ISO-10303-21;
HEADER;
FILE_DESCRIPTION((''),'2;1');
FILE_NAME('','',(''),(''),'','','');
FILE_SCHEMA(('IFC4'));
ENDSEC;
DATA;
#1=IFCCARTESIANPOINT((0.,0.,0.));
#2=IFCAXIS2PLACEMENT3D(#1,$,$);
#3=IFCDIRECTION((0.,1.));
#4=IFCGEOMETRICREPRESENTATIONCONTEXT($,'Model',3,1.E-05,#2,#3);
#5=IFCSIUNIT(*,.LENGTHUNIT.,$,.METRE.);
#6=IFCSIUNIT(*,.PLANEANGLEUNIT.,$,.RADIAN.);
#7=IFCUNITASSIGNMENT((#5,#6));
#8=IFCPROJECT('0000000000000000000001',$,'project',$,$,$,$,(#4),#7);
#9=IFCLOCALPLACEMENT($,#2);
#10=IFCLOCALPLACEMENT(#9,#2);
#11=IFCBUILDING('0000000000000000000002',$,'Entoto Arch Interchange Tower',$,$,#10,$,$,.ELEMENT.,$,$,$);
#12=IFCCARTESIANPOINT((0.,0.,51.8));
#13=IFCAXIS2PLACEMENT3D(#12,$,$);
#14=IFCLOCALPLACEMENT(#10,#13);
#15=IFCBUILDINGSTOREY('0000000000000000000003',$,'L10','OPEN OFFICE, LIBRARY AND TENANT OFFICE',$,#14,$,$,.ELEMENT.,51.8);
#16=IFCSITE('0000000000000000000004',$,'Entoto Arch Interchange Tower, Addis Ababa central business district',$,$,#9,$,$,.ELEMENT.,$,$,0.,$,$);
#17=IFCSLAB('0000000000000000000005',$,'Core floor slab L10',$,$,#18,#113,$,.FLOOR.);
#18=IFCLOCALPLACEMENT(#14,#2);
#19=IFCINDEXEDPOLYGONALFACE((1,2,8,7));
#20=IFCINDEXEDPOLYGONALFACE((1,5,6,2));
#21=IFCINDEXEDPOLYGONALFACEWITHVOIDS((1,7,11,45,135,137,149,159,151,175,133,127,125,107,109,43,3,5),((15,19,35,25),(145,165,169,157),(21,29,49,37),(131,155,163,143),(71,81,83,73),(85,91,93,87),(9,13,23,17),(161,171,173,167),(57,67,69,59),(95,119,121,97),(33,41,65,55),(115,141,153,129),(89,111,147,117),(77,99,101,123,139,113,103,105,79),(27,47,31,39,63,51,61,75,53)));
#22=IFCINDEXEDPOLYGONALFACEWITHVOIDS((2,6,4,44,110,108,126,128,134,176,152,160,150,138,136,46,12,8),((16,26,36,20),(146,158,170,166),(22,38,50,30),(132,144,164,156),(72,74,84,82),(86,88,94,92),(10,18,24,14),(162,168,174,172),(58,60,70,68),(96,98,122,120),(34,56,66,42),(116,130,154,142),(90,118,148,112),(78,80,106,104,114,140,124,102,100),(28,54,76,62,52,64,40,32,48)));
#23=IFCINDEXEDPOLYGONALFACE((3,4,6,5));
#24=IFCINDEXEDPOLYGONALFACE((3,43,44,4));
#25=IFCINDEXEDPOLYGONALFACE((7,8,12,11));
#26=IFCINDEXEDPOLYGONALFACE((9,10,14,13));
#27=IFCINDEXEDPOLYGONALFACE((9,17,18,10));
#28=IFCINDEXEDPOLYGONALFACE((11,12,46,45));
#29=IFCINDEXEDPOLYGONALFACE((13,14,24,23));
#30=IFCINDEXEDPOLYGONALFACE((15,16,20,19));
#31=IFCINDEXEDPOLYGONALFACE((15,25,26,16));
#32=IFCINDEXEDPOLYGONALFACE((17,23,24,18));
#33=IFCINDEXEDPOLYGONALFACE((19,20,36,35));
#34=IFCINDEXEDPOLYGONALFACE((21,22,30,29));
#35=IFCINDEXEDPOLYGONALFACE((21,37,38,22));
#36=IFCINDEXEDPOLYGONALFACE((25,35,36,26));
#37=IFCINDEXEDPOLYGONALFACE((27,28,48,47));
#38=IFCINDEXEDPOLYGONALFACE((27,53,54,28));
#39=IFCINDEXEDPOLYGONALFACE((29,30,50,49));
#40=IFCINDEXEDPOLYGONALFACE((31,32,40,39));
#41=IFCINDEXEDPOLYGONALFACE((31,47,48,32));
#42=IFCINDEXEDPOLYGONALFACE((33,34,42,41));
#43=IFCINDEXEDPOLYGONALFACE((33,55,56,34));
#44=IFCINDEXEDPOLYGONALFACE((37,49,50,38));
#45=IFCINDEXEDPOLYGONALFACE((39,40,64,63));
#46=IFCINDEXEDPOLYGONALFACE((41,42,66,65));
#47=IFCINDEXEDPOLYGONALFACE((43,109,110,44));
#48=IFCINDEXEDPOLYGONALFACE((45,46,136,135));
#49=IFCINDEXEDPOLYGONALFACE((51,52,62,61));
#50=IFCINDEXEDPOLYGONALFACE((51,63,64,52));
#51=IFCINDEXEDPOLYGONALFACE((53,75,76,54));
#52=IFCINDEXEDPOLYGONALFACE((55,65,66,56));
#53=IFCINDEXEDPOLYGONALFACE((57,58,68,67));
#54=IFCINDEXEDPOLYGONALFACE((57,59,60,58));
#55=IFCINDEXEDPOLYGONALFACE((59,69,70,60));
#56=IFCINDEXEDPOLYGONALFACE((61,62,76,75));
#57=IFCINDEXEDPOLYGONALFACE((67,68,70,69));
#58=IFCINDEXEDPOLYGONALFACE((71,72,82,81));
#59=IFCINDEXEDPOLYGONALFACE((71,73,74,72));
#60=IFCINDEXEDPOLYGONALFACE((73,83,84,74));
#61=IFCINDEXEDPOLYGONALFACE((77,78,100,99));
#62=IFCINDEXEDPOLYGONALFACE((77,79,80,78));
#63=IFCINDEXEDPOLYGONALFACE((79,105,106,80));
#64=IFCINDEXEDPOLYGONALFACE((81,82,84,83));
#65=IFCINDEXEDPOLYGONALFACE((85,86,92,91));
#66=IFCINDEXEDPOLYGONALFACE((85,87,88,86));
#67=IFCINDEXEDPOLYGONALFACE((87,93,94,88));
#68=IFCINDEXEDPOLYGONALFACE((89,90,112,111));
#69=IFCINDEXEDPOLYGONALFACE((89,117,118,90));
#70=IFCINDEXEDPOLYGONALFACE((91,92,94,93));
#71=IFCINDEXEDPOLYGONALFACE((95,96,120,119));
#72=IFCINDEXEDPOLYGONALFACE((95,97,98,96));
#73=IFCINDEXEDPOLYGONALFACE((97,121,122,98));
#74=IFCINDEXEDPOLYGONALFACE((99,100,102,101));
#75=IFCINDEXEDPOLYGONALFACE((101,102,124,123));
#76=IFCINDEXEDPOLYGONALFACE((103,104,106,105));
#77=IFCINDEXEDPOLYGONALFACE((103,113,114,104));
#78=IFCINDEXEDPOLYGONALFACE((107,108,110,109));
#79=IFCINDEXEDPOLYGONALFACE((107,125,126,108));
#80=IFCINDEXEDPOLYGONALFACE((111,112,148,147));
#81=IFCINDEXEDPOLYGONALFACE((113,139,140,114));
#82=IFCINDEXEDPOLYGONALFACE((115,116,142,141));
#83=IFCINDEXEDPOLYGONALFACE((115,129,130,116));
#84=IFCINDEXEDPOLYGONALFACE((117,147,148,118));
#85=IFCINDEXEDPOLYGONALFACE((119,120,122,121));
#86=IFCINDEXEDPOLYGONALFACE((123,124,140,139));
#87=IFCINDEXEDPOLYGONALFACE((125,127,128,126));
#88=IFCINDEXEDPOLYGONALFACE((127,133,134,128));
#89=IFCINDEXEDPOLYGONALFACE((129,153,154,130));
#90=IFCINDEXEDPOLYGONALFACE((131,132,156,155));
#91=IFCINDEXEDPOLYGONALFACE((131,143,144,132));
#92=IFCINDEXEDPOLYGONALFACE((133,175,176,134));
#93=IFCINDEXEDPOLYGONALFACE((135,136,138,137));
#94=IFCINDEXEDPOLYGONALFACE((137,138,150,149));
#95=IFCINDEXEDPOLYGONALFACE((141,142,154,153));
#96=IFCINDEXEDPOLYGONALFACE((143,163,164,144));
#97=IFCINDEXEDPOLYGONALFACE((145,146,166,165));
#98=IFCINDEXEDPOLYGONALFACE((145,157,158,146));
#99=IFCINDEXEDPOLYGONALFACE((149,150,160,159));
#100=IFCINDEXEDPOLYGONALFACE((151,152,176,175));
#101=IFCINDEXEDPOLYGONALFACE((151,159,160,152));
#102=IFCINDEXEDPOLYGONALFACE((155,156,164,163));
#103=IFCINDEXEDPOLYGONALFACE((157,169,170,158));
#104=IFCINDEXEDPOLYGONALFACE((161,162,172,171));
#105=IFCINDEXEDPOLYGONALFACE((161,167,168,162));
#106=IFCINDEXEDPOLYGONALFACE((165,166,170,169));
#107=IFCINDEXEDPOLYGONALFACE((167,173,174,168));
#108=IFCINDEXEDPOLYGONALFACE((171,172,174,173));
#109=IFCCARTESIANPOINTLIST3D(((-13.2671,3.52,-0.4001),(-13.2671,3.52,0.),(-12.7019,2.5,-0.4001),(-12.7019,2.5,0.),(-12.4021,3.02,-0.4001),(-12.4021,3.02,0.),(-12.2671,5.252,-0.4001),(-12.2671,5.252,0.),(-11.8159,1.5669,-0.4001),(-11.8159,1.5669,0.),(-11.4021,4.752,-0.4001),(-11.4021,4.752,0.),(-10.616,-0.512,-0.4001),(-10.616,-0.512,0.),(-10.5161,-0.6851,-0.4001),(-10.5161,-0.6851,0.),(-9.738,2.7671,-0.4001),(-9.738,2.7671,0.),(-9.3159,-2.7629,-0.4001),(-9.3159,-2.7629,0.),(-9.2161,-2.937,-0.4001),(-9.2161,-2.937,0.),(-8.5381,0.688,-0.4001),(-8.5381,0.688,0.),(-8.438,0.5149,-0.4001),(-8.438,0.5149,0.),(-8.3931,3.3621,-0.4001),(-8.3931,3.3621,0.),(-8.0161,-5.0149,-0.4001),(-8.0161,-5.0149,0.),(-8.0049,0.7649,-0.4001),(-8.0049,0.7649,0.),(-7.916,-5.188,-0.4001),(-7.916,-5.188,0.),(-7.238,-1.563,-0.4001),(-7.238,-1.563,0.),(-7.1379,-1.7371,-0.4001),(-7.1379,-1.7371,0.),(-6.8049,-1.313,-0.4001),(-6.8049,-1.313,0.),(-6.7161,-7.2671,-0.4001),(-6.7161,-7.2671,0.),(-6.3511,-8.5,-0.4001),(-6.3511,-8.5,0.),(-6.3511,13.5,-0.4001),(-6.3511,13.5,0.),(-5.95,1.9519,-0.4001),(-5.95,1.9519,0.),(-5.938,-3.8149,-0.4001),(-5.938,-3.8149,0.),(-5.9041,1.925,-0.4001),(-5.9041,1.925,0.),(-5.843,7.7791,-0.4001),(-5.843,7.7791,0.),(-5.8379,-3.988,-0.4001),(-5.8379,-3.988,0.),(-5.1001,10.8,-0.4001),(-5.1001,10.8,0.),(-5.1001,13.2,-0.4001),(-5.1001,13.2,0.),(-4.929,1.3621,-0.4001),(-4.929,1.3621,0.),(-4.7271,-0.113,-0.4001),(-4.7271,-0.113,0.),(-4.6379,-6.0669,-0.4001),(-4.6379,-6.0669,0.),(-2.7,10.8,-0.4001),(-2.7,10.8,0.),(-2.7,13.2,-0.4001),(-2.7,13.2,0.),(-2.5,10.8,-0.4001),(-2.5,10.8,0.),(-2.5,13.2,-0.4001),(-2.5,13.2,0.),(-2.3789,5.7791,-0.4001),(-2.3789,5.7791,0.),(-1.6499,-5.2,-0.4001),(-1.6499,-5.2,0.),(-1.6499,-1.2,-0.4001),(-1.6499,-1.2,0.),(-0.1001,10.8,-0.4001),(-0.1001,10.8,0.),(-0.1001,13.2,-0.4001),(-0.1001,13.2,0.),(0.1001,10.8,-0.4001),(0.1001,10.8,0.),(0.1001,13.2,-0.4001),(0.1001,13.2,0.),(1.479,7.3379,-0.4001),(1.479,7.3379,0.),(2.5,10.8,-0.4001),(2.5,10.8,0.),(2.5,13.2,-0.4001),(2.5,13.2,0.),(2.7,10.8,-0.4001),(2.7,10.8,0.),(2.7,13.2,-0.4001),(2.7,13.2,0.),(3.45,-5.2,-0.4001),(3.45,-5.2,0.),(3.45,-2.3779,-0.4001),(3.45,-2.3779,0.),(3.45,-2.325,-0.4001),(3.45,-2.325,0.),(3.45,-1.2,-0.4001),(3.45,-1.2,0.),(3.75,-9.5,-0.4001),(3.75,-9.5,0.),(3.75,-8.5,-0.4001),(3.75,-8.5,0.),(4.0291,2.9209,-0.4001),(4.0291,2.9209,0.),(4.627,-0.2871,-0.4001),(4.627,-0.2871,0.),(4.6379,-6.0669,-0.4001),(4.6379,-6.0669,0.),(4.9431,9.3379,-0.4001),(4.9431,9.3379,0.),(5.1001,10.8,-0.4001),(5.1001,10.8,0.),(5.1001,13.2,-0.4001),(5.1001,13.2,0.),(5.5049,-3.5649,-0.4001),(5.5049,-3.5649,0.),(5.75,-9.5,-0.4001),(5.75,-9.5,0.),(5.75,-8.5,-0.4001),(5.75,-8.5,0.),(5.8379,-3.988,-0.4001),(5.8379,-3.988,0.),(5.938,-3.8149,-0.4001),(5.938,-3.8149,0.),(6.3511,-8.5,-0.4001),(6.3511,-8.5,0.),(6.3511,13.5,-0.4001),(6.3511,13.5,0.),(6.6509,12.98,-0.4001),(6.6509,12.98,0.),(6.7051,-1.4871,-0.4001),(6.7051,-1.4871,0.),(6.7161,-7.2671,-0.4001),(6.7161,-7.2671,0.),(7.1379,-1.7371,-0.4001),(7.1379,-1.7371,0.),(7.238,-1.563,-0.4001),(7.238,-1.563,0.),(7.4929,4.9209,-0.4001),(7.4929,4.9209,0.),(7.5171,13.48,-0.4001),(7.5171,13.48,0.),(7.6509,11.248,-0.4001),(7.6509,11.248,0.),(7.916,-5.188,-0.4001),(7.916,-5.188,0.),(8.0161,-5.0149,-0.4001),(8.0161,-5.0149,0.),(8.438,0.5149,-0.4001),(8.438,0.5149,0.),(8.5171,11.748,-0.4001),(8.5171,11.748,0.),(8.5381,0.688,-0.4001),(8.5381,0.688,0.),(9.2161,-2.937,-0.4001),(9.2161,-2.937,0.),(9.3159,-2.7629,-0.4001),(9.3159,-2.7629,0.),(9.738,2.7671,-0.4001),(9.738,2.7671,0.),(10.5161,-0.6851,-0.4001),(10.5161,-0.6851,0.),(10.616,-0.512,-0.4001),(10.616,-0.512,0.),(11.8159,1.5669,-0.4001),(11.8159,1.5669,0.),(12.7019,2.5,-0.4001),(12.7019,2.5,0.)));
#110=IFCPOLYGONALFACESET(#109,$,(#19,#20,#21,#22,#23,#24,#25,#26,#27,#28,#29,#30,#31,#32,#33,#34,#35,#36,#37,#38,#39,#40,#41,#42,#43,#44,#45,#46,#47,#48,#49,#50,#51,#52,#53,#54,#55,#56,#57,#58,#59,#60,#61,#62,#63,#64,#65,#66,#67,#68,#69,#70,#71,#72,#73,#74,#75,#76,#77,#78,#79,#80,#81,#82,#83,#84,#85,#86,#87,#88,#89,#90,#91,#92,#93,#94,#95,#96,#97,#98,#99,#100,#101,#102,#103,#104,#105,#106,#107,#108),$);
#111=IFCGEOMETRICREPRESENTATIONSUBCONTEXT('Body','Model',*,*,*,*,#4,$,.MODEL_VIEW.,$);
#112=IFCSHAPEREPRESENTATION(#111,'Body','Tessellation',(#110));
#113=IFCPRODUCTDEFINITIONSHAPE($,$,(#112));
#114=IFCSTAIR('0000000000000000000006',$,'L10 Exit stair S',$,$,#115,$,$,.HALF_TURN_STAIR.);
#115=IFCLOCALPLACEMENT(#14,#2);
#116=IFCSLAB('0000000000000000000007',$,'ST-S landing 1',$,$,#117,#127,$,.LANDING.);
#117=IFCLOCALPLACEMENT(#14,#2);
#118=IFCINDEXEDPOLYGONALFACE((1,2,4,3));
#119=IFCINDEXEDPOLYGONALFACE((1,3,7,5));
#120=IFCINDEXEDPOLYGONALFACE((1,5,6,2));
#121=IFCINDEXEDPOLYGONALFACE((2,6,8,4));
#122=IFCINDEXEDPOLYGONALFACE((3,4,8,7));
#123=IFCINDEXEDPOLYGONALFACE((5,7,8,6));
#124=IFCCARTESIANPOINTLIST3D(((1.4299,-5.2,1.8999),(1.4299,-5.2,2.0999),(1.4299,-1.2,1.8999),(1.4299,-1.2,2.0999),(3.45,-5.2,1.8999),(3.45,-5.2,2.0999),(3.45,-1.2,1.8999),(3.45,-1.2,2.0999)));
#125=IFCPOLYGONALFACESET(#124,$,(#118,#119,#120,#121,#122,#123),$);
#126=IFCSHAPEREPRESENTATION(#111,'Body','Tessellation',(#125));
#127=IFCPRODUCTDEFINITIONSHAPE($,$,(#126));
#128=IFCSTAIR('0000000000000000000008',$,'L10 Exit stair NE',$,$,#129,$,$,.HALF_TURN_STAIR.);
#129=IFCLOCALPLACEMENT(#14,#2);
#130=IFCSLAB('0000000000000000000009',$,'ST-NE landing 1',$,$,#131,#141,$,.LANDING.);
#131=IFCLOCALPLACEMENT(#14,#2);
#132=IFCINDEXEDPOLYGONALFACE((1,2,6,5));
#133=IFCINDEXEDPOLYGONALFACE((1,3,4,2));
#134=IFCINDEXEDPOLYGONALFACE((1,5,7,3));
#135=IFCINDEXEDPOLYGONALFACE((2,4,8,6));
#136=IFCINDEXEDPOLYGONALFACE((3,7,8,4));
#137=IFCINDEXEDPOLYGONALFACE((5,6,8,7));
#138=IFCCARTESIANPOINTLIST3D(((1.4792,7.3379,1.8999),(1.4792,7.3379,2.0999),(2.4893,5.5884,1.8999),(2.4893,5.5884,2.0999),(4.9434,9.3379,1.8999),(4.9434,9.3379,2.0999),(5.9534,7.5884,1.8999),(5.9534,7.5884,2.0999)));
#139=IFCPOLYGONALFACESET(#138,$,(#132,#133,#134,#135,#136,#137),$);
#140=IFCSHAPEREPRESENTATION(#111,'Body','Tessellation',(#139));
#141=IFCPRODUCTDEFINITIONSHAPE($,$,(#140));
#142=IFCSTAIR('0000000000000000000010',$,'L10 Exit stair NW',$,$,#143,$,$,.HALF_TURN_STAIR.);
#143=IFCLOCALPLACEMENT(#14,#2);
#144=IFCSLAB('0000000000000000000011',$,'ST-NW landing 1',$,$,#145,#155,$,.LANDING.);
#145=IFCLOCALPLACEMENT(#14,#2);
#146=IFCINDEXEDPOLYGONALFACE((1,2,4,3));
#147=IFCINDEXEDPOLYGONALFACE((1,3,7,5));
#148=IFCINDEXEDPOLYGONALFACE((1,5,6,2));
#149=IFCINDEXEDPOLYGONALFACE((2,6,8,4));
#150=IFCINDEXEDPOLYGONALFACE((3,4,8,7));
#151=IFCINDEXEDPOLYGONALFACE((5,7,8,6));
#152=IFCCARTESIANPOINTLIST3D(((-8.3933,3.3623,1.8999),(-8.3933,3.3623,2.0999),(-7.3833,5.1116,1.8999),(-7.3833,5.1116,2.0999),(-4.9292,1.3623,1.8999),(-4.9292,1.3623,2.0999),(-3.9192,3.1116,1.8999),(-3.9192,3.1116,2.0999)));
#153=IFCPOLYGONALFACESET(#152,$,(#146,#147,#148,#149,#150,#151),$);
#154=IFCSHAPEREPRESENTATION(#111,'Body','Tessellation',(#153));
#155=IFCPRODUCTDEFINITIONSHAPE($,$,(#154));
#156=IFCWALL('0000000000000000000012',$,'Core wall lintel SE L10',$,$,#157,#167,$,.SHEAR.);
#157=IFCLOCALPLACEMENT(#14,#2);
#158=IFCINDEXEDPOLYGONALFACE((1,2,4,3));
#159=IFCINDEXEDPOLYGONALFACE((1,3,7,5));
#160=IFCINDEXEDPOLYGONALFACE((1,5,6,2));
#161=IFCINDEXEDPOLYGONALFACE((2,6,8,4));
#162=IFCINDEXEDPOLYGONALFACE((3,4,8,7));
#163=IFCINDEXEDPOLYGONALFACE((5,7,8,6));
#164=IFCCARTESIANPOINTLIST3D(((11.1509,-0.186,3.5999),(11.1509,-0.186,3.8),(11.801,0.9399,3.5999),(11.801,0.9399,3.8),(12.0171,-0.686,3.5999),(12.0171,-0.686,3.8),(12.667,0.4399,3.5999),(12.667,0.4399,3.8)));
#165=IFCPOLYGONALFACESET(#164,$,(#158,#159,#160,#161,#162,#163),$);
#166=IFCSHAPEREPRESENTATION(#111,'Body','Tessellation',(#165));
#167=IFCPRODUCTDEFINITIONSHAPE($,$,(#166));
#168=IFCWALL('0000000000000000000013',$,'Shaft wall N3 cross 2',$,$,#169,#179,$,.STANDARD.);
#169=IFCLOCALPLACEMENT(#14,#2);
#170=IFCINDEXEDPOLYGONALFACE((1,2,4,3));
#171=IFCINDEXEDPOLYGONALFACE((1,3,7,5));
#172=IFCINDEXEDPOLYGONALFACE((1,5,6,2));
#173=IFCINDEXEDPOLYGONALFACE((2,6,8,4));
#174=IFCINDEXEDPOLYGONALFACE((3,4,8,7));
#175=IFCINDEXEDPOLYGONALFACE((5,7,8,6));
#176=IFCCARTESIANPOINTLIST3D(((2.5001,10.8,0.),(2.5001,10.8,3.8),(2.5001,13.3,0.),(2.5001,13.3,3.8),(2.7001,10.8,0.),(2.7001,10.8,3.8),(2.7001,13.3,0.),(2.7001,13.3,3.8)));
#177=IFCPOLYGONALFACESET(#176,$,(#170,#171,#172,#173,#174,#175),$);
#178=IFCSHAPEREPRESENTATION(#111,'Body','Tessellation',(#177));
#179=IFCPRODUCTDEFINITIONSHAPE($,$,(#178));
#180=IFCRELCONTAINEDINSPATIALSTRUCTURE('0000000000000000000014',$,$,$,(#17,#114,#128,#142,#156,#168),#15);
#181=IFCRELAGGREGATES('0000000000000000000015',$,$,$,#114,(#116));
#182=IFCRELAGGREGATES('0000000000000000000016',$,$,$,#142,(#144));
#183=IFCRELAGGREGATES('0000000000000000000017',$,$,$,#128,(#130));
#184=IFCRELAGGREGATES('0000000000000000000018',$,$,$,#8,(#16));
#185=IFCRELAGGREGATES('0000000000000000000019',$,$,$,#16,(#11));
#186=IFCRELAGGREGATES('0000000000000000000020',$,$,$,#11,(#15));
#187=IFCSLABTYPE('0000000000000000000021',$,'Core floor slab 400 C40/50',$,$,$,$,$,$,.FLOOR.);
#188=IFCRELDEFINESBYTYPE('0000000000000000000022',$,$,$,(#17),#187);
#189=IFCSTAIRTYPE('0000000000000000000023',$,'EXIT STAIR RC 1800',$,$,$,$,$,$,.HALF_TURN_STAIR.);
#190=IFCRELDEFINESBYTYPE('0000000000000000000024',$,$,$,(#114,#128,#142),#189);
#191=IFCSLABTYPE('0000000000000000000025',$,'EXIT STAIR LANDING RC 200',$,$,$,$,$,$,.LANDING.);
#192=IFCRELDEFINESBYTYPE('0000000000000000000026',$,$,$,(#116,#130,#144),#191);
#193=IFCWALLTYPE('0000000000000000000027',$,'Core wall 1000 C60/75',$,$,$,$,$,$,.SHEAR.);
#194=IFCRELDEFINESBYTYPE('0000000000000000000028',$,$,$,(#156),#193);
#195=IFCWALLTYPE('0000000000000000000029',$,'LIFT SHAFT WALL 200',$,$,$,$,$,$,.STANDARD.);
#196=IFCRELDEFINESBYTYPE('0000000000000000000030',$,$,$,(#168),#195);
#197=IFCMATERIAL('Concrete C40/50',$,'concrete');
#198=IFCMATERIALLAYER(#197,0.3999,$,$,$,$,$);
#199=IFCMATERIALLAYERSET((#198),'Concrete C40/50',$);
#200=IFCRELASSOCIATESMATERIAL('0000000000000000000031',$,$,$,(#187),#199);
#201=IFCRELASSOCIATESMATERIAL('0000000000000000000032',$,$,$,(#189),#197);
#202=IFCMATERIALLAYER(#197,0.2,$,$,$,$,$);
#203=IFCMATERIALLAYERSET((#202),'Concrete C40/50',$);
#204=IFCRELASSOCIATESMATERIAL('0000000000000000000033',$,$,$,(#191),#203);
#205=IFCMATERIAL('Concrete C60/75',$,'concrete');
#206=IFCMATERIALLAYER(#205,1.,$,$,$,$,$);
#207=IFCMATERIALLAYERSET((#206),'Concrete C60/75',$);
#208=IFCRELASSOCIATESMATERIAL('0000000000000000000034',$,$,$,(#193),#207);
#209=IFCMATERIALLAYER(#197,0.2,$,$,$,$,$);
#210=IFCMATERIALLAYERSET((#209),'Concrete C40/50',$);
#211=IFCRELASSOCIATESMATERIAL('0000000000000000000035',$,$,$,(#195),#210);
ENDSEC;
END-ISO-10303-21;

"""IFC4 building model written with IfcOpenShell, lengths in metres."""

from ifc_helpers import new_model, si_unit, direction, frame, frame_2d, origin, place, context, subcontext, project, spatial, polyline, rectangle, outline, extrude, material, layer, layer_set, type_object, element, aggregate, save


model = new_model("IFC4")

# Units and contexts
model_context = context("Model", 3, precision=1e-05, world=origin(), true_north=direction((0.0, 1.0)))
body_context = subcontext(model_context, "Body", "Model", "MODEL_VIEW")
ifc_project = project(units=[si_unit("LENGTHUNIT", "METRE"), si_unit("PLANEANGLEUNIT", "RADIAN")], contexts=[model_context])

# Site, building, storey
site_placement = place(None, origin())
site = spatial("IfcSite", under=ifc_project, at=site_placement, Name="Entoto Arch Interchange Tower, Addis Ababa central business district", CompositionType="ELEMENT", RefElevation=0.0)
building_placement = place(site_placement, origin())
building = spatial("IfcBuilding", under=site, at=building_placement, Name="Entoto Arch Interchange Tower", CompositionType="ELEMENT")
storey_placement = place(building_placement, frame((0.0, 0.0, 51.8)))
storey = spatial("IfcBuildingStorey", under=building, at=storey_placement, Name="L10", Description="OPEN OFFICE, LIBRARY AND TENANT OFFICE", CompositionType="ELEMENT", Elevation=51.8)

# Slab
ifc_material_1 = material(Name="Concrete C40/50", Category="concrete")
ifc_layer_1 = layer(ifc_material_1, 0.3999)
ifc_layer_set_1 = layer_set([ifc_layer_1], Name="Concrete C40/50")
slab_type_1 = type_object("IfcSlabType", Name="Core floor slab 400 C40/50", PredefinedType="FLOOR", material=ifc_layer_set_1)
slab_1_placement = place(storey_placement, frame((0.0, 0.0, -0.4001)))
element("IfcSlab", 1, at=slab_1_placement, inside=storey, type_object=slab_type_1, Name="Core floor slab L10", PredefinedType="FLOOR", context=body_context, shape_type="SweptSolid", body=[
    extrude(outline(polyline([(5.75, -9.5), (3.75, -9.5), (3.75, -8.5), (-6.3511, -8.5), (-12.7019, 2.5), (-12.4021, 3.02), (-13.2671, 3.52), (-12.2671, 5.252), (-11.4021, 4.752), (-6.3511, 13.5), (6.3511, 13.5), (6.6509, 12.98), (7.5171, 13.48), (8.5171, 11.748), (7.6509, 11.248), (12.7019, 2.5), (6.3511, -8.5), (5.75, -8.5), (5.75, -9.5)]), holes=[polyline([(-4.6379, -6.0669), (-5.8379, -3.988), (-7.916, -5.188), (-6.7161, -7.2671), (-4.6379, -6.0669)]), polyline([(-5.938, -3.8149), (-7.1379, -1.7371), (-9.2161, -2.937), (-8.0161, -5.0149), (-5.938, -3.8149)]), polyline([(5.5049, -3.5649), (6.7051, -1.4871), (4.627, -0.2871), (3.45, -2.325), (3.45, -1.2), (-1.6499, -1.2), (-1.6499, -5.2), (3.45, -5.2), (3.45, -2.3779), (5.5049, -3.5649)]), polyline([(-7.238, -1.563), (-8.438, 0.5149), (-10.5161, -0.6851), (-9.3159, -2.7629), (-7.238, -1.563)]), polyline([(-4.7271, -0.113), (-5.9041, 1.925), (-4.929, 1.3621), (-2.3789, 5.7791), (-5.843, 7.7791), (-8.3931, 3.3621), (-5.95, 1.9519), (-8.0049, 0.7649), (-6.8049, -1.313), (-4.7271, -0.113)]), polyline([(-8.5381, 0.688), (-9.738, 2.7671), (-11.8159, 1.5669), (-10.616, -0.512), (-8.5381, 0.688)]), polyline([(-5.1001, 10.8), (-2.7, 10.8), (-2.7, 13.2), (-5.1001, 13.2), (-5.1001, 10.8)]), polyline([(-2.5, 10.8), (-0.1001, 10.8), (-0.1001, 13.2), (-2.5, 13.2), (-2.5, 10.8)]), polyline([(5.8379, -3.988), (4.6379, -6.0669), (6.7161, -7.2671), (7.916, -5.188), (5.8379, -3.988)]), polyline([(7.1379, -1.7371), (5.938, -3.8149), (8.0161, -5.0149), (9.2161, -2.937), (7.1379, -1.7371)]), polyline([(8.438, 0.5149), (7.238, -1.563), (9.3159, -2.7629), (10.5161, -0.6851), (8.438, 0.5149)]), polyline([(9.738, 2.7671), (8.5381, 0.688), (10.616, -0.512), (11.8159, 1.5669), (9.738, 2.7671)]), polyline([(4.0291, 2.9209), (7.4929, 4.9209), (4.9431, 9.3379), (1.479, 7.3379), (4.0291, 2.9209)]), polyline([(0.1001, 13.2), (0.1001, 10.8), (2.5, 10.8), (2.5, 13.2), (0.1001, 13.2)]), polyline([(2.7, 13.2), (2.7, 10.8), (5.1001, 10.8), (5.1001, 13.2), (2.7, 13.2)])]), origin(), (0.0, 0.0, 1.0), 0.4001),
])

# Stairs, slabs
stair_type = type_object("IfcStairType", Name="EXIT STAIR RC 1800", PredefinedType="HALF_TURN_STAIR", material=ifc_material_1)
stair_1_placement = place(storey_placement, origin())
stair_1 = element("IfcStair", 2, at=stair_1_placement, inside=storey, type_object=stair_type, Name="L10 Exit stair S", PredefinedType="HALF_TURN_STAIR")
ifc_layer_2 = layer(ifc_material_1, 0.2)
ifc_layer_set_2 = layer_set([ifc_layer_2], Name="Concrete C40/50")
slab_type_2 = type_object("IfcSlabType", Name="EXIT STAIR LANDING RC 200", PredefinedType="LANDING", material=ifc_layer_set_2)
slab_2_placement = place(storey_placement, frame((0.0, 0.0, 1.8999)))
slab_2 = element("IfcSlab", 3, at=slab_2_placement, type_object=slab_type_2, Name="ST-S landing 1", PredefinedType="LANDING", context=body_context, shape_type="SweptSolid", body=[
    extrude(outline(polyline([(1.4299, -5.2), (3.45, -5.2), (3.45, -1.2), (1.4299, -1.2), (1.4299, -5.2)])), origin(), (0.0, 0.0, 1.0), 0.2),
])
aggregate(stair_1, [slab_2])
stair_2_placement = place(storey_placement, origin())
stair_2 = element("IfcStair", 4, at=stair_2_placement, inside=storey, type_object=stair_type, Name="L10 Exit stair NE", PredefinedType="HALF_TURN_STAIR")
slab_3_placement = place(storey_placement, frame((0.0, 0.0, 1.8999)))
slab_3 = element("IfcSlab", 5, at=slab_3_placement, type_object=slab_type_2, Name="ST-NE landing 1", PredefinedType="LANDING", context=body_context, shape_type="SweptSolid", body=[
    extrude(outline(polyline([(5.9534, 7.5884), (4.9434, 9.3379), (1.4792, 7.3379), (2.4893, 5.5884), (5.9534, 7.5884)])), origin(), (0.0, 0.0, 1.0), 0.2),
])
stair_3_placement = place(storey_placement, origin())
stair_3 = element("IfcStair", 6, at=stair_3_placement, inside=storey, type_object=stair_type, Name="L10 Exit stair NW", PredefinedType="HALF_TURN_STAIR")
slab_4_placement = place(storey_placement, frame((0.0, 0.0, 1.8999)))
slab_4 = element("IfcSlab", 7, at=slab_4_placement, type_object=slab_type_2, Name="ST-NW landing 1", PredefinedType="LANDING", context=body_context, shape_type="SweptSolid", body=[
    extrude(outline(polyline([(-7.3833, 5.1116), (-8.3933, 3.3623), (-4.9292, 1.3623), (-3.9192, 3.1116), (-7.3833, 5.1116)])), origin(), (0.0, 0.0, 1.0), 0.2),
])
aggregate(stair_3, [slab_4])

# Walls
ifc_material_2 = material(Name="Concrete C60/75", Category="concrete")
ifc_layer_3 = layer(ifc_material_2, 1.0)
ifc_layer_set_3 = layer_set([ifc_layer_3], Name="Concrete C60/75")
wall_type_1 = type_object("IfcWallType", Name="Core wall 1000 C60/75", PredefinedType="SHEAR", material=ifc_layer_set_3)
wall_1_placement = place(storey_placement, frame((0.0, 0.0, 3.5999)))
element("IfcWall", 8, at=wall_1_placement, inside=storey, type_object=wall_type_1, Name="Core wall lintel SE L10", PredefinedType="SHEAR", context=body_context, shape_type="SweptSolid", body=[
    extrude(outline(polyline([(12.667, 0.4399), (11.801, 0.9399), (11.1509, -0.186), (12.0171, -0.686), (12.667, 0.4399)])), origin(), (0.0, 0.0, 1.0), 0.2002),
])
ifc_layer_4 = layer(ifc_material_1, 0.2)
ifc_layer_set_4 = layer_set([ifc_layer_4], Name="Concrete C40/50")
wall_type_2 = type_object("IfcWallType", Name="LIFT SHAFT WALL 200", PredefinedType="STANDARD", material=ifc_layer_set_4)
for number, where, z_axis, x_axis, name in (
    (9, (2.6001, 10.8, 0.0), (0.0, 0.0, 1.0), (0.0, 1.0, 0.0), "Shaft wall N3 cross 2"),
):
    element("IfcWall", number, at=place(storey_placement, frame(where, z_axis=z_axis, x_axis=x_axis)), inside=storey, type_object=wall_type_2, Name=name, PredefinedType="STANDARD", context=body_context, shape_type="SweptSolid", body=[
        extrude(rectangle(XDim=2.5, YDim=0.2, at=frame_2d((1.25, 0.0))), origin(), (0.0, 0.0, 1.0), 3.8),
    ])

aggregate(stair_2, [slab_3])

save(model, "model.ifc")
